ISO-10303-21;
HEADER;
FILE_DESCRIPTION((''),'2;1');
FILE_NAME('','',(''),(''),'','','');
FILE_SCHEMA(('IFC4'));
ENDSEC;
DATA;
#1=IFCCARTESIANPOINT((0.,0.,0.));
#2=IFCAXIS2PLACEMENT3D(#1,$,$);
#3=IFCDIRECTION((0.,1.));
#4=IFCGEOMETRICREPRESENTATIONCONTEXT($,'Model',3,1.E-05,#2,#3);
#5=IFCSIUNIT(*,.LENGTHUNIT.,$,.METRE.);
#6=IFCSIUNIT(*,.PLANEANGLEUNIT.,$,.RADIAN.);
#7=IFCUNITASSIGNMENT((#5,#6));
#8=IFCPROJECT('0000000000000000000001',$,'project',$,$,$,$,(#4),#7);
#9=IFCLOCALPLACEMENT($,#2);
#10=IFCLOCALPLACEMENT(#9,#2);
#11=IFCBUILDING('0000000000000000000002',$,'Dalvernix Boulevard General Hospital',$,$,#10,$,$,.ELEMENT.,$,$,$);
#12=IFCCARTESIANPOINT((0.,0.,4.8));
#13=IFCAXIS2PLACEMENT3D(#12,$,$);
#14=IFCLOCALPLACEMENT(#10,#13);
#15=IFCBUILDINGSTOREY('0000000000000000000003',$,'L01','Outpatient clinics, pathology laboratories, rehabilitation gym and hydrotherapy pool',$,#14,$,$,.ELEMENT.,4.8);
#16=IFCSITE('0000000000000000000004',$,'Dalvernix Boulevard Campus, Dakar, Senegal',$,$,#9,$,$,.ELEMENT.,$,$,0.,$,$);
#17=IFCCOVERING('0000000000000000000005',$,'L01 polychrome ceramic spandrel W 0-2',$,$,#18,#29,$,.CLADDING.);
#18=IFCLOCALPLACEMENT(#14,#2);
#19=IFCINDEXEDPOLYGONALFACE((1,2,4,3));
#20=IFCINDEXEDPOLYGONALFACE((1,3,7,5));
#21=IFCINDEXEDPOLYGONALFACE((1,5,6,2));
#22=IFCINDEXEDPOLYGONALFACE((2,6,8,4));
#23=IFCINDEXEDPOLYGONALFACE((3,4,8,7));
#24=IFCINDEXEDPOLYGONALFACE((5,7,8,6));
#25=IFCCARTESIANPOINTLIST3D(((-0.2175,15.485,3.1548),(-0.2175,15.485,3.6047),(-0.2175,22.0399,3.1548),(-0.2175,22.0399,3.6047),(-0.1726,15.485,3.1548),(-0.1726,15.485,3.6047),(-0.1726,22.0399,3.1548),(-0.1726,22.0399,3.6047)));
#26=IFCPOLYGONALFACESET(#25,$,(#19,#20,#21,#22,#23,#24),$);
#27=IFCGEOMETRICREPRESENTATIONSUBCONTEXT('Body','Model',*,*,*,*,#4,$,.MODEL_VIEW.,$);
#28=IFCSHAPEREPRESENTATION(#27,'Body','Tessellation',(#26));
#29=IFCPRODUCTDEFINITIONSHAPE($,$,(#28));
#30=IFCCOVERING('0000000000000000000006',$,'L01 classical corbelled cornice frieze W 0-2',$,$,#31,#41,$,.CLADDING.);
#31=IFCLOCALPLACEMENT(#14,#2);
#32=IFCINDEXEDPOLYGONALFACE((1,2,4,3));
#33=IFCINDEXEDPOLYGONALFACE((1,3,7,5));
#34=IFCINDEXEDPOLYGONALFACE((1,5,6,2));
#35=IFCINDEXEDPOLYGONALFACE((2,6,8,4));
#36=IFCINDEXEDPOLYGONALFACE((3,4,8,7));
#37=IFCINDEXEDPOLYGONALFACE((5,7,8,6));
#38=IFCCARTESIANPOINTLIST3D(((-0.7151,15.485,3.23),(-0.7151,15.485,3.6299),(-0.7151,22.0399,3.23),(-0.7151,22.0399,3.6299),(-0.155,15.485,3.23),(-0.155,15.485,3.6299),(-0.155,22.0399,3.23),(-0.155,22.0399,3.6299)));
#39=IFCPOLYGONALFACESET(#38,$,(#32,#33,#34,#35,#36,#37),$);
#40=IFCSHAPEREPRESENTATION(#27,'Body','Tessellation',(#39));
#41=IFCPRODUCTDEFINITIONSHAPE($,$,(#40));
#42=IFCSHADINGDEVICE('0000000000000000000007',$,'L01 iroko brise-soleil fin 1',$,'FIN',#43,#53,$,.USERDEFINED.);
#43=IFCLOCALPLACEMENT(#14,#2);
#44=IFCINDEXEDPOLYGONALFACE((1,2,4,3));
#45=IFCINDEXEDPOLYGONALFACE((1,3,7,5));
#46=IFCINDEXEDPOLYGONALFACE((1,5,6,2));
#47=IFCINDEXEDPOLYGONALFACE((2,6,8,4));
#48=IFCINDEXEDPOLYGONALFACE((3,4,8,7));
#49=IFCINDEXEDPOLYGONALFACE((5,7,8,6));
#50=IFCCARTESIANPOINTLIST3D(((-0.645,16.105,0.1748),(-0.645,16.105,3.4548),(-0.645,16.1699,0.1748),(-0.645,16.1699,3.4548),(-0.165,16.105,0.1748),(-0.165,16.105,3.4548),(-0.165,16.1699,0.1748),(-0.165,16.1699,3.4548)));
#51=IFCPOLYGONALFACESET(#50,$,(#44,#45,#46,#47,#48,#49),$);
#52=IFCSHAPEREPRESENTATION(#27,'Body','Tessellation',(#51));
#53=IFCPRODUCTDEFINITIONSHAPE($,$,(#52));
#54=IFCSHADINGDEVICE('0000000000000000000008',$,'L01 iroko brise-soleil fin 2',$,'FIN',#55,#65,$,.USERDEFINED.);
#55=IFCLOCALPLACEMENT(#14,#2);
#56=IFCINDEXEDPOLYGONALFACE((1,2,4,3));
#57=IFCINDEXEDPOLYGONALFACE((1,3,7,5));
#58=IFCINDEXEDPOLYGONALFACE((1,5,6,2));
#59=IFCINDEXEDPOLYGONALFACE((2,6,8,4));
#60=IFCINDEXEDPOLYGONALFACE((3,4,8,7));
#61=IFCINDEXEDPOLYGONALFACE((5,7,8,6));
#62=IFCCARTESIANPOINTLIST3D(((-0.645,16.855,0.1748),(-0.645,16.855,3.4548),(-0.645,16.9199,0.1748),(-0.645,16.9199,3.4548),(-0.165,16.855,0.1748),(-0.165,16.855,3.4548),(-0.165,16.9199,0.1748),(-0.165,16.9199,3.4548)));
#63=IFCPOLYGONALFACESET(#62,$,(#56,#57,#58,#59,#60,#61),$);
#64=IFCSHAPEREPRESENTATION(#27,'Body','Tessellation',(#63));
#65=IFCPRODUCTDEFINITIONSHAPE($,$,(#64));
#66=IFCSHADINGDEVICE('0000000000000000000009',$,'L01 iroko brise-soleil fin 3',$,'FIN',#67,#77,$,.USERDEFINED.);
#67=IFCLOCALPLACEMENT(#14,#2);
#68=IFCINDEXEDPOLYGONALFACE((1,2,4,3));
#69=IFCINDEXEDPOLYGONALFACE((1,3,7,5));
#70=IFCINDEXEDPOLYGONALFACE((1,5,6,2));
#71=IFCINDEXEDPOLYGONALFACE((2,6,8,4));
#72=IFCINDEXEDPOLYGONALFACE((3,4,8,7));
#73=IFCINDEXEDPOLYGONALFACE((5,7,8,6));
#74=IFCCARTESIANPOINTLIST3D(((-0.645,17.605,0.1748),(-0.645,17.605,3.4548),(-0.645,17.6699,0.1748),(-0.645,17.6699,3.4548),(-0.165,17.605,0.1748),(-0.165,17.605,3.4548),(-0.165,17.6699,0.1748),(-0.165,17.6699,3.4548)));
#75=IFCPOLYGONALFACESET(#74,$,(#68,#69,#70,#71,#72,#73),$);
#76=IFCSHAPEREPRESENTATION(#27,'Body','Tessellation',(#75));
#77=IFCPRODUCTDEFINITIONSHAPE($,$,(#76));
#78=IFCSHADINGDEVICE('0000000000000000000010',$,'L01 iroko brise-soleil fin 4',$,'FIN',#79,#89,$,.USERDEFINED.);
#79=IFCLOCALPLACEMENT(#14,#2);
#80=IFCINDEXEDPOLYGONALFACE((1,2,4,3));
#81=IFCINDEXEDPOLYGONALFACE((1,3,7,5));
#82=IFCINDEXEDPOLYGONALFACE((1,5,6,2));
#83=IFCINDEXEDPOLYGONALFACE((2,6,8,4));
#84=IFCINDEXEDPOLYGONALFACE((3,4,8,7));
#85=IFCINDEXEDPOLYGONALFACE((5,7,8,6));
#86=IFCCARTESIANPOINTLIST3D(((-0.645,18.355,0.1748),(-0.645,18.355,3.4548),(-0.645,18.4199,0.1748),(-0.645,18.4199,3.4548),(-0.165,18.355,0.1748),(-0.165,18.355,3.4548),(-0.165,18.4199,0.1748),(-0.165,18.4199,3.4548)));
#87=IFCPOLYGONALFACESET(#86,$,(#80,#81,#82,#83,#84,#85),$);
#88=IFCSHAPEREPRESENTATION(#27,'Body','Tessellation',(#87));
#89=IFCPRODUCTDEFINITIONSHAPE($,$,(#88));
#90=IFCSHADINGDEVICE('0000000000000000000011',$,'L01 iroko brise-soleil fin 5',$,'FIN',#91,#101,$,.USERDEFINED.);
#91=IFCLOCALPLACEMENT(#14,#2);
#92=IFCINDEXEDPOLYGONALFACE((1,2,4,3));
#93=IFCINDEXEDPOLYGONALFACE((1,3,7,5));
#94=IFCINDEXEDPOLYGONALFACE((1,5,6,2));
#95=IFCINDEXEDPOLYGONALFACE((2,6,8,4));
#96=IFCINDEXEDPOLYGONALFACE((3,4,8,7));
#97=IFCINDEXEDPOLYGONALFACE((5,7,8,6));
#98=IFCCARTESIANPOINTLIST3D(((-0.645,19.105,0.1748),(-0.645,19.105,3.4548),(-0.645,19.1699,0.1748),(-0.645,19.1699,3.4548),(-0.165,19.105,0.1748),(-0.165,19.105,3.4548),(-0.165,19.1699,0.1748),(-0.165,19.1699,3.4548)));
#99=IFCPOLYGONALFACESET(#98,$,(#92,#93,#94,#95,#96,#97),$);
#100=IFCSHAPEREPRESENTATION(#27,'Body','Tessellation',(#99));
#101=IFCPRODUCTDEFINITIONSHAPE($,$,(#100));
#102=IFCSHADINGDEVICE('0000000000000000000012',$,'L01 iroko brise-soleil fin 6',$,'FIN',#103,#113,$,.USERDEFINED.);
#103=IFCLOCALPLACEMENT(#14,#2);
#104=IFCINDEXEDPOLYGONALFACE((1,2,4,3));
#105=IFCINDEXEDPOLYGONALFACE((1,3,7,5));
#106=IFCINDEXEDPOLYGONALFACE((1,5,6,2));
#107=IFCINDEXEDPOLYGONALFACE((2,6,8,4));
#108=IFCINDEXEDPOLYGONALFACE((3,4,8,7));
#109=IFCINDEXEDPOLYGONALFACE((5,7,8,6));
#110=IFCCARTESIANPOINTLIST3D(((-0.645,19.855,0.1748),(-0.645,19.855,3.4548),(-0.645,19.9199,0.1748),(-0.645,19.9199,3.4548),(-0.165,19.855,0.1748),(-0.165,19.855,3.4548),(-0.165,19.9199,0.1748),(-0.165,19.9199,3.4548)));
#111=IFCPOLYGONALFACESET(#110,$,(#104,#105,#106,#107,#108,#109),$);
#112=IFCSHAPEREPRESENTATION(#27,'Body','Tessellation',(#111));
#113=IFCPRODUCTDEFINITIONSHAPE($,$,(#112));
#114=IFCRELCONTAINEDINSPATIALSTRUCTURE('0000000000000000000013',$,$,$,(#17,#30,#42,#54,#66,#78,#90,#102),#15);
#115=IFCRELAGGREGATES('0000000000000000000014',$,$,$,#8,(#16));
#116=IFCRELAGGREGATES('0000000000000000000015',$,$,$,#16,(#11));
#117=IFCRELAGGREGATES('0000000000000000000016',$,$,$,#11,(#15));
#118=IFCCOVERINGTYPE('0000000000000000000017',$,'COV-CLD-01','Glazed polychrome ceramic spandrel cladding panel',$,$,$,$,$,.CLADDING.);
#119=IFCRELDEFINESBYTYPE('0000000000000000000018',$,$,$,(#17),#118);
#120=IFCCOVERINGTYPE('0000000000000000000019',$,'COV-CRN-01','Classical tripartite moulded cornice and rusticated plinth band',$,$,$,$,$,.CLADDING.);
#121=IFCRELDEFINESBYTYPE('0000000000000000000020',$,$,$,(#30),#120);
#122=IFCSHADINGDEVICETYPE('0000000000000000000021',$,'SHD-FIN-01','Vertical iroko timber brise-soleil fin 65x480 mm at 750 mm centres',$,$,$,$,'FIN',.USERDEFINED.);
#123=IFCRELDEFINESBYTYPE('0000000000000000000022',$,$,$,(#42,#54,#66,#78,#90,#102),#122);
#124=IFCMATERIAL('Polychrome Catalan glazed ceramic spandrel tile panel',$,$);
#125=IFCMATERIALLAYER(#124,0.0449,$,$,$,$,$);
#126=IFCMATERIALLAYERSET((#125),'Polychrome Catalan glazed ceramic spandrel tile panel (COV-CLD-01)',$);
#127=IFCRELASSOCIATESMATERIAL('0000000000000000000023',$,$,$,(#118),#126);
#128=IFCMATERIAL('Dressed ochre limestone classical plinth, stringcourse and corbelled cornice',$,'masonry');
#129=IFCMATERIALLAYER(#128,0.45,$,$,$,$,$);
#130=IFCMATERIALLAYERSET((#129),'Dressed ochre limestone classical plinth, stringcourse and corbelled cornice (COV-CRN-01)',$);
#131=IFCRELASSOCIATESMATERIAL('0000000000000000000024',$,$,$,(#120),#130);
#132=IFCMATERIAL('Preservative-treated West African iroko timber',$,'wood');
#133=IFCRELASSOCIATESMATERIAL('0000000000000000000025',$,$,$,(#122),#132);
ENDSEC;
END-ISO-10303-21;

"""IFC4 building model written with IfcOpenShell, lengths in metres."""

from ifc_helpers import new_model, si_unit, direction, frame, origin, origin_2d, place, context, subcontext, project, spatial, rectangle, extrude, material, layer, layer_set, type_object, element, save


model = new_model("IFC4")

# Units and contexts
model_context = context("Model", 3, precision=1e-05, world=origin(), true_north=direction((0.0, 1.0)))
body_context = subcontext(model_context, "Body", "Model", "MODEL_VIEW")
ifc_project = project(units=[si_unit("LENGTHUNIT", "METRE"), si_unit("PLANEANGLEUNIT", "RADIAN")], contexts=[model_context])

# Site, building, storey
site_placement = place(None, origin())
site = spatial("IfcSite", under=ifc_project, at=site_placement, Name="Dalvernix Boulevard Campus, Dakar, Senegal", CompositionType="ELEMENT", RefElevation=0.0)
building_placement = place(site_placement, origin())
building = spatial("IfcBuilding", under=site, at=building_placement, Name="Dalvernix Boulevard General Hospital", CompositionType="ELEMENT")
storey_placement = place(building_placement, frame((0.0, 0.0, 4.8)))
storey = spatial("IfcBuildingStorey", under=building, at=storey_placement, Name="L01", Description="Outpatient clinics, pathology laboratories, rehabilitation gym and hydrotherapy pool", CompositionType="ELEMENT", Elevation=4.8)

# Coverings
ifc_material_1 = material(Name="Polychrome Catalan glazed ceramic spandrel tile panel")
ifc_layer_1 = layer(ifc_material_1, 0.0449)
ifc_layer_set_1 = layer_set([ifc_layer_1], Name="Polychrome Catalan glazed ceramic spandrel tile panel (COV-CLD-01)")
covering_type_1 = type_object("IfcCoveringType", Name="COV-CLD-01", Description="Glazed polychrome ceramic spandrel cladding panel", PredefinedType="CLADDING", material=ifc_layer_set_1)
covering_1_placement = place(storey_placement, frame((-0.1951, 18.7625, 3.1548), z_axis=(0.0, 0.0, 1.0), x_axis=(0.0, 1.0, 0.0)))
element("IfcCovering", 1, at=covering_1_placement, inside=storey, type_object=covering_type_1, Name="L01 polychrome ceramic spandrel W 0-2", PredefinedType="CLADDING", context=body_context, shape_type="SweptSolid", body=[
    extrude(rectangle(XDim=6.5549, YDim=0.0449, at=origin_2d()), origin(), (0.0, 0.0, 1.0), 0.45),
])
ifc_material_2 = material(Name="Dressed ochre limestone classical plinth, stringcourse and corbelled cornice", Category="masonry")
ifc_layer_2 = layer(ifc_material_2, 0.45)
ifc_layer_set_2 = layer_set([ifc_layer_2], Name="Dressed ochre limestone classical plinth, stringcourse and corbelled cornice (COV-CRN-01)")
covering_type_2 = type_object("IfcCoveringType", Name="COV-CRN-01", Description="Classical tripartite moulded cornice and rusticated plinth band", PredefinedType="CLADDING", material=ifc_layer_set_2)
covering_2_placement = place(storey_placement, frame((-0.4351, 18.7625, 3.23), z_axis=(0.0, 0.0, 1.0), x_axis=(0.0, 1.0, 0.0)))
element("IfcCovering", 2, at=covering_2_placement, inside=storey, type_object=covering_type_2, Name="L01 classical corbelled cornice frieze W 0-2", PredefinedType="CLADDING", context=body_context, shape_type="SweptSolid", body=[
    extrude(rectangle(XDim=6.5549, YDim=0.5601, at=origin_2d()), origin(), (0.0, 0.0, 1.0), 0.3999),
])

# Shading devices
ifc_material_3 = material(Name="Preservative-treated West African iroko timber", Category="wood")
shading_device_type = type_object("IfcShadingDeviceType", Name="SHD-FIN-01", Description="Vertical iroko timber brise-soleil fin 65x480 mm at 750 mm centres", ElementType="FIN", PredefinedType="USERDEFINED", material=ifc_material_3)
for number, where, z_axis, x_axis, name in (
    (3, (-0.405, 16.1375, 0.1748), (0.0, 0.0, 1.0), (0.0, 1.0, 0.0), "L01 iroko brise-soleil fin 1"),
    (4, (-0.405, 16.8875, 0.1748), (0.0, 0.0, 1.0), (0.0, 1.0, 0.0), "L01 iroko brise-soleil fin 2"),
    (5, (-0.405, 17.6375, 0.1748), (0.0, 0.0, 1.0), (0.0, 1.0, 0.0), "L01 iroko brise-soleil fin 3"),
    (6, (-0.405, 18.3875, 0.1748), (0.0, 0.0, 1.0), (0.0, 1.0, 0.0), "L01 iroko brise-soleil fin 4"),
    (7, (-0.405, 19.1375, 0.1748), (0.0, 0.0, 1.0), (0.0, 1.0, 0.0), "L01 iroko brise-soleil fin 5"),
    (8, (-0.405, 19.8875, 0.1748), (0.0, 0.0, 1.0), (0.0, 1.0, 0.0), "L01 iroko brise-soleil fin 6"),
):
    element("IfcShadingDevice", number, at=place(storey_placement, frame(where, z_axis=z_axis, x_axis=x_axis)), inside=storey, type_object=shading_device_type, Name=name, ObjectType="FIN", PredefinedType="USERDEFINED", context=body_context, shape_type="SweptSolid", body=[
        extrude(rectangle(XDim=0.0649, YDim=0.48, at=origin_2d()), origin(), (0.0, 0.0, 1.0), 3.28),
    ])

save(model, "model.ifc")
